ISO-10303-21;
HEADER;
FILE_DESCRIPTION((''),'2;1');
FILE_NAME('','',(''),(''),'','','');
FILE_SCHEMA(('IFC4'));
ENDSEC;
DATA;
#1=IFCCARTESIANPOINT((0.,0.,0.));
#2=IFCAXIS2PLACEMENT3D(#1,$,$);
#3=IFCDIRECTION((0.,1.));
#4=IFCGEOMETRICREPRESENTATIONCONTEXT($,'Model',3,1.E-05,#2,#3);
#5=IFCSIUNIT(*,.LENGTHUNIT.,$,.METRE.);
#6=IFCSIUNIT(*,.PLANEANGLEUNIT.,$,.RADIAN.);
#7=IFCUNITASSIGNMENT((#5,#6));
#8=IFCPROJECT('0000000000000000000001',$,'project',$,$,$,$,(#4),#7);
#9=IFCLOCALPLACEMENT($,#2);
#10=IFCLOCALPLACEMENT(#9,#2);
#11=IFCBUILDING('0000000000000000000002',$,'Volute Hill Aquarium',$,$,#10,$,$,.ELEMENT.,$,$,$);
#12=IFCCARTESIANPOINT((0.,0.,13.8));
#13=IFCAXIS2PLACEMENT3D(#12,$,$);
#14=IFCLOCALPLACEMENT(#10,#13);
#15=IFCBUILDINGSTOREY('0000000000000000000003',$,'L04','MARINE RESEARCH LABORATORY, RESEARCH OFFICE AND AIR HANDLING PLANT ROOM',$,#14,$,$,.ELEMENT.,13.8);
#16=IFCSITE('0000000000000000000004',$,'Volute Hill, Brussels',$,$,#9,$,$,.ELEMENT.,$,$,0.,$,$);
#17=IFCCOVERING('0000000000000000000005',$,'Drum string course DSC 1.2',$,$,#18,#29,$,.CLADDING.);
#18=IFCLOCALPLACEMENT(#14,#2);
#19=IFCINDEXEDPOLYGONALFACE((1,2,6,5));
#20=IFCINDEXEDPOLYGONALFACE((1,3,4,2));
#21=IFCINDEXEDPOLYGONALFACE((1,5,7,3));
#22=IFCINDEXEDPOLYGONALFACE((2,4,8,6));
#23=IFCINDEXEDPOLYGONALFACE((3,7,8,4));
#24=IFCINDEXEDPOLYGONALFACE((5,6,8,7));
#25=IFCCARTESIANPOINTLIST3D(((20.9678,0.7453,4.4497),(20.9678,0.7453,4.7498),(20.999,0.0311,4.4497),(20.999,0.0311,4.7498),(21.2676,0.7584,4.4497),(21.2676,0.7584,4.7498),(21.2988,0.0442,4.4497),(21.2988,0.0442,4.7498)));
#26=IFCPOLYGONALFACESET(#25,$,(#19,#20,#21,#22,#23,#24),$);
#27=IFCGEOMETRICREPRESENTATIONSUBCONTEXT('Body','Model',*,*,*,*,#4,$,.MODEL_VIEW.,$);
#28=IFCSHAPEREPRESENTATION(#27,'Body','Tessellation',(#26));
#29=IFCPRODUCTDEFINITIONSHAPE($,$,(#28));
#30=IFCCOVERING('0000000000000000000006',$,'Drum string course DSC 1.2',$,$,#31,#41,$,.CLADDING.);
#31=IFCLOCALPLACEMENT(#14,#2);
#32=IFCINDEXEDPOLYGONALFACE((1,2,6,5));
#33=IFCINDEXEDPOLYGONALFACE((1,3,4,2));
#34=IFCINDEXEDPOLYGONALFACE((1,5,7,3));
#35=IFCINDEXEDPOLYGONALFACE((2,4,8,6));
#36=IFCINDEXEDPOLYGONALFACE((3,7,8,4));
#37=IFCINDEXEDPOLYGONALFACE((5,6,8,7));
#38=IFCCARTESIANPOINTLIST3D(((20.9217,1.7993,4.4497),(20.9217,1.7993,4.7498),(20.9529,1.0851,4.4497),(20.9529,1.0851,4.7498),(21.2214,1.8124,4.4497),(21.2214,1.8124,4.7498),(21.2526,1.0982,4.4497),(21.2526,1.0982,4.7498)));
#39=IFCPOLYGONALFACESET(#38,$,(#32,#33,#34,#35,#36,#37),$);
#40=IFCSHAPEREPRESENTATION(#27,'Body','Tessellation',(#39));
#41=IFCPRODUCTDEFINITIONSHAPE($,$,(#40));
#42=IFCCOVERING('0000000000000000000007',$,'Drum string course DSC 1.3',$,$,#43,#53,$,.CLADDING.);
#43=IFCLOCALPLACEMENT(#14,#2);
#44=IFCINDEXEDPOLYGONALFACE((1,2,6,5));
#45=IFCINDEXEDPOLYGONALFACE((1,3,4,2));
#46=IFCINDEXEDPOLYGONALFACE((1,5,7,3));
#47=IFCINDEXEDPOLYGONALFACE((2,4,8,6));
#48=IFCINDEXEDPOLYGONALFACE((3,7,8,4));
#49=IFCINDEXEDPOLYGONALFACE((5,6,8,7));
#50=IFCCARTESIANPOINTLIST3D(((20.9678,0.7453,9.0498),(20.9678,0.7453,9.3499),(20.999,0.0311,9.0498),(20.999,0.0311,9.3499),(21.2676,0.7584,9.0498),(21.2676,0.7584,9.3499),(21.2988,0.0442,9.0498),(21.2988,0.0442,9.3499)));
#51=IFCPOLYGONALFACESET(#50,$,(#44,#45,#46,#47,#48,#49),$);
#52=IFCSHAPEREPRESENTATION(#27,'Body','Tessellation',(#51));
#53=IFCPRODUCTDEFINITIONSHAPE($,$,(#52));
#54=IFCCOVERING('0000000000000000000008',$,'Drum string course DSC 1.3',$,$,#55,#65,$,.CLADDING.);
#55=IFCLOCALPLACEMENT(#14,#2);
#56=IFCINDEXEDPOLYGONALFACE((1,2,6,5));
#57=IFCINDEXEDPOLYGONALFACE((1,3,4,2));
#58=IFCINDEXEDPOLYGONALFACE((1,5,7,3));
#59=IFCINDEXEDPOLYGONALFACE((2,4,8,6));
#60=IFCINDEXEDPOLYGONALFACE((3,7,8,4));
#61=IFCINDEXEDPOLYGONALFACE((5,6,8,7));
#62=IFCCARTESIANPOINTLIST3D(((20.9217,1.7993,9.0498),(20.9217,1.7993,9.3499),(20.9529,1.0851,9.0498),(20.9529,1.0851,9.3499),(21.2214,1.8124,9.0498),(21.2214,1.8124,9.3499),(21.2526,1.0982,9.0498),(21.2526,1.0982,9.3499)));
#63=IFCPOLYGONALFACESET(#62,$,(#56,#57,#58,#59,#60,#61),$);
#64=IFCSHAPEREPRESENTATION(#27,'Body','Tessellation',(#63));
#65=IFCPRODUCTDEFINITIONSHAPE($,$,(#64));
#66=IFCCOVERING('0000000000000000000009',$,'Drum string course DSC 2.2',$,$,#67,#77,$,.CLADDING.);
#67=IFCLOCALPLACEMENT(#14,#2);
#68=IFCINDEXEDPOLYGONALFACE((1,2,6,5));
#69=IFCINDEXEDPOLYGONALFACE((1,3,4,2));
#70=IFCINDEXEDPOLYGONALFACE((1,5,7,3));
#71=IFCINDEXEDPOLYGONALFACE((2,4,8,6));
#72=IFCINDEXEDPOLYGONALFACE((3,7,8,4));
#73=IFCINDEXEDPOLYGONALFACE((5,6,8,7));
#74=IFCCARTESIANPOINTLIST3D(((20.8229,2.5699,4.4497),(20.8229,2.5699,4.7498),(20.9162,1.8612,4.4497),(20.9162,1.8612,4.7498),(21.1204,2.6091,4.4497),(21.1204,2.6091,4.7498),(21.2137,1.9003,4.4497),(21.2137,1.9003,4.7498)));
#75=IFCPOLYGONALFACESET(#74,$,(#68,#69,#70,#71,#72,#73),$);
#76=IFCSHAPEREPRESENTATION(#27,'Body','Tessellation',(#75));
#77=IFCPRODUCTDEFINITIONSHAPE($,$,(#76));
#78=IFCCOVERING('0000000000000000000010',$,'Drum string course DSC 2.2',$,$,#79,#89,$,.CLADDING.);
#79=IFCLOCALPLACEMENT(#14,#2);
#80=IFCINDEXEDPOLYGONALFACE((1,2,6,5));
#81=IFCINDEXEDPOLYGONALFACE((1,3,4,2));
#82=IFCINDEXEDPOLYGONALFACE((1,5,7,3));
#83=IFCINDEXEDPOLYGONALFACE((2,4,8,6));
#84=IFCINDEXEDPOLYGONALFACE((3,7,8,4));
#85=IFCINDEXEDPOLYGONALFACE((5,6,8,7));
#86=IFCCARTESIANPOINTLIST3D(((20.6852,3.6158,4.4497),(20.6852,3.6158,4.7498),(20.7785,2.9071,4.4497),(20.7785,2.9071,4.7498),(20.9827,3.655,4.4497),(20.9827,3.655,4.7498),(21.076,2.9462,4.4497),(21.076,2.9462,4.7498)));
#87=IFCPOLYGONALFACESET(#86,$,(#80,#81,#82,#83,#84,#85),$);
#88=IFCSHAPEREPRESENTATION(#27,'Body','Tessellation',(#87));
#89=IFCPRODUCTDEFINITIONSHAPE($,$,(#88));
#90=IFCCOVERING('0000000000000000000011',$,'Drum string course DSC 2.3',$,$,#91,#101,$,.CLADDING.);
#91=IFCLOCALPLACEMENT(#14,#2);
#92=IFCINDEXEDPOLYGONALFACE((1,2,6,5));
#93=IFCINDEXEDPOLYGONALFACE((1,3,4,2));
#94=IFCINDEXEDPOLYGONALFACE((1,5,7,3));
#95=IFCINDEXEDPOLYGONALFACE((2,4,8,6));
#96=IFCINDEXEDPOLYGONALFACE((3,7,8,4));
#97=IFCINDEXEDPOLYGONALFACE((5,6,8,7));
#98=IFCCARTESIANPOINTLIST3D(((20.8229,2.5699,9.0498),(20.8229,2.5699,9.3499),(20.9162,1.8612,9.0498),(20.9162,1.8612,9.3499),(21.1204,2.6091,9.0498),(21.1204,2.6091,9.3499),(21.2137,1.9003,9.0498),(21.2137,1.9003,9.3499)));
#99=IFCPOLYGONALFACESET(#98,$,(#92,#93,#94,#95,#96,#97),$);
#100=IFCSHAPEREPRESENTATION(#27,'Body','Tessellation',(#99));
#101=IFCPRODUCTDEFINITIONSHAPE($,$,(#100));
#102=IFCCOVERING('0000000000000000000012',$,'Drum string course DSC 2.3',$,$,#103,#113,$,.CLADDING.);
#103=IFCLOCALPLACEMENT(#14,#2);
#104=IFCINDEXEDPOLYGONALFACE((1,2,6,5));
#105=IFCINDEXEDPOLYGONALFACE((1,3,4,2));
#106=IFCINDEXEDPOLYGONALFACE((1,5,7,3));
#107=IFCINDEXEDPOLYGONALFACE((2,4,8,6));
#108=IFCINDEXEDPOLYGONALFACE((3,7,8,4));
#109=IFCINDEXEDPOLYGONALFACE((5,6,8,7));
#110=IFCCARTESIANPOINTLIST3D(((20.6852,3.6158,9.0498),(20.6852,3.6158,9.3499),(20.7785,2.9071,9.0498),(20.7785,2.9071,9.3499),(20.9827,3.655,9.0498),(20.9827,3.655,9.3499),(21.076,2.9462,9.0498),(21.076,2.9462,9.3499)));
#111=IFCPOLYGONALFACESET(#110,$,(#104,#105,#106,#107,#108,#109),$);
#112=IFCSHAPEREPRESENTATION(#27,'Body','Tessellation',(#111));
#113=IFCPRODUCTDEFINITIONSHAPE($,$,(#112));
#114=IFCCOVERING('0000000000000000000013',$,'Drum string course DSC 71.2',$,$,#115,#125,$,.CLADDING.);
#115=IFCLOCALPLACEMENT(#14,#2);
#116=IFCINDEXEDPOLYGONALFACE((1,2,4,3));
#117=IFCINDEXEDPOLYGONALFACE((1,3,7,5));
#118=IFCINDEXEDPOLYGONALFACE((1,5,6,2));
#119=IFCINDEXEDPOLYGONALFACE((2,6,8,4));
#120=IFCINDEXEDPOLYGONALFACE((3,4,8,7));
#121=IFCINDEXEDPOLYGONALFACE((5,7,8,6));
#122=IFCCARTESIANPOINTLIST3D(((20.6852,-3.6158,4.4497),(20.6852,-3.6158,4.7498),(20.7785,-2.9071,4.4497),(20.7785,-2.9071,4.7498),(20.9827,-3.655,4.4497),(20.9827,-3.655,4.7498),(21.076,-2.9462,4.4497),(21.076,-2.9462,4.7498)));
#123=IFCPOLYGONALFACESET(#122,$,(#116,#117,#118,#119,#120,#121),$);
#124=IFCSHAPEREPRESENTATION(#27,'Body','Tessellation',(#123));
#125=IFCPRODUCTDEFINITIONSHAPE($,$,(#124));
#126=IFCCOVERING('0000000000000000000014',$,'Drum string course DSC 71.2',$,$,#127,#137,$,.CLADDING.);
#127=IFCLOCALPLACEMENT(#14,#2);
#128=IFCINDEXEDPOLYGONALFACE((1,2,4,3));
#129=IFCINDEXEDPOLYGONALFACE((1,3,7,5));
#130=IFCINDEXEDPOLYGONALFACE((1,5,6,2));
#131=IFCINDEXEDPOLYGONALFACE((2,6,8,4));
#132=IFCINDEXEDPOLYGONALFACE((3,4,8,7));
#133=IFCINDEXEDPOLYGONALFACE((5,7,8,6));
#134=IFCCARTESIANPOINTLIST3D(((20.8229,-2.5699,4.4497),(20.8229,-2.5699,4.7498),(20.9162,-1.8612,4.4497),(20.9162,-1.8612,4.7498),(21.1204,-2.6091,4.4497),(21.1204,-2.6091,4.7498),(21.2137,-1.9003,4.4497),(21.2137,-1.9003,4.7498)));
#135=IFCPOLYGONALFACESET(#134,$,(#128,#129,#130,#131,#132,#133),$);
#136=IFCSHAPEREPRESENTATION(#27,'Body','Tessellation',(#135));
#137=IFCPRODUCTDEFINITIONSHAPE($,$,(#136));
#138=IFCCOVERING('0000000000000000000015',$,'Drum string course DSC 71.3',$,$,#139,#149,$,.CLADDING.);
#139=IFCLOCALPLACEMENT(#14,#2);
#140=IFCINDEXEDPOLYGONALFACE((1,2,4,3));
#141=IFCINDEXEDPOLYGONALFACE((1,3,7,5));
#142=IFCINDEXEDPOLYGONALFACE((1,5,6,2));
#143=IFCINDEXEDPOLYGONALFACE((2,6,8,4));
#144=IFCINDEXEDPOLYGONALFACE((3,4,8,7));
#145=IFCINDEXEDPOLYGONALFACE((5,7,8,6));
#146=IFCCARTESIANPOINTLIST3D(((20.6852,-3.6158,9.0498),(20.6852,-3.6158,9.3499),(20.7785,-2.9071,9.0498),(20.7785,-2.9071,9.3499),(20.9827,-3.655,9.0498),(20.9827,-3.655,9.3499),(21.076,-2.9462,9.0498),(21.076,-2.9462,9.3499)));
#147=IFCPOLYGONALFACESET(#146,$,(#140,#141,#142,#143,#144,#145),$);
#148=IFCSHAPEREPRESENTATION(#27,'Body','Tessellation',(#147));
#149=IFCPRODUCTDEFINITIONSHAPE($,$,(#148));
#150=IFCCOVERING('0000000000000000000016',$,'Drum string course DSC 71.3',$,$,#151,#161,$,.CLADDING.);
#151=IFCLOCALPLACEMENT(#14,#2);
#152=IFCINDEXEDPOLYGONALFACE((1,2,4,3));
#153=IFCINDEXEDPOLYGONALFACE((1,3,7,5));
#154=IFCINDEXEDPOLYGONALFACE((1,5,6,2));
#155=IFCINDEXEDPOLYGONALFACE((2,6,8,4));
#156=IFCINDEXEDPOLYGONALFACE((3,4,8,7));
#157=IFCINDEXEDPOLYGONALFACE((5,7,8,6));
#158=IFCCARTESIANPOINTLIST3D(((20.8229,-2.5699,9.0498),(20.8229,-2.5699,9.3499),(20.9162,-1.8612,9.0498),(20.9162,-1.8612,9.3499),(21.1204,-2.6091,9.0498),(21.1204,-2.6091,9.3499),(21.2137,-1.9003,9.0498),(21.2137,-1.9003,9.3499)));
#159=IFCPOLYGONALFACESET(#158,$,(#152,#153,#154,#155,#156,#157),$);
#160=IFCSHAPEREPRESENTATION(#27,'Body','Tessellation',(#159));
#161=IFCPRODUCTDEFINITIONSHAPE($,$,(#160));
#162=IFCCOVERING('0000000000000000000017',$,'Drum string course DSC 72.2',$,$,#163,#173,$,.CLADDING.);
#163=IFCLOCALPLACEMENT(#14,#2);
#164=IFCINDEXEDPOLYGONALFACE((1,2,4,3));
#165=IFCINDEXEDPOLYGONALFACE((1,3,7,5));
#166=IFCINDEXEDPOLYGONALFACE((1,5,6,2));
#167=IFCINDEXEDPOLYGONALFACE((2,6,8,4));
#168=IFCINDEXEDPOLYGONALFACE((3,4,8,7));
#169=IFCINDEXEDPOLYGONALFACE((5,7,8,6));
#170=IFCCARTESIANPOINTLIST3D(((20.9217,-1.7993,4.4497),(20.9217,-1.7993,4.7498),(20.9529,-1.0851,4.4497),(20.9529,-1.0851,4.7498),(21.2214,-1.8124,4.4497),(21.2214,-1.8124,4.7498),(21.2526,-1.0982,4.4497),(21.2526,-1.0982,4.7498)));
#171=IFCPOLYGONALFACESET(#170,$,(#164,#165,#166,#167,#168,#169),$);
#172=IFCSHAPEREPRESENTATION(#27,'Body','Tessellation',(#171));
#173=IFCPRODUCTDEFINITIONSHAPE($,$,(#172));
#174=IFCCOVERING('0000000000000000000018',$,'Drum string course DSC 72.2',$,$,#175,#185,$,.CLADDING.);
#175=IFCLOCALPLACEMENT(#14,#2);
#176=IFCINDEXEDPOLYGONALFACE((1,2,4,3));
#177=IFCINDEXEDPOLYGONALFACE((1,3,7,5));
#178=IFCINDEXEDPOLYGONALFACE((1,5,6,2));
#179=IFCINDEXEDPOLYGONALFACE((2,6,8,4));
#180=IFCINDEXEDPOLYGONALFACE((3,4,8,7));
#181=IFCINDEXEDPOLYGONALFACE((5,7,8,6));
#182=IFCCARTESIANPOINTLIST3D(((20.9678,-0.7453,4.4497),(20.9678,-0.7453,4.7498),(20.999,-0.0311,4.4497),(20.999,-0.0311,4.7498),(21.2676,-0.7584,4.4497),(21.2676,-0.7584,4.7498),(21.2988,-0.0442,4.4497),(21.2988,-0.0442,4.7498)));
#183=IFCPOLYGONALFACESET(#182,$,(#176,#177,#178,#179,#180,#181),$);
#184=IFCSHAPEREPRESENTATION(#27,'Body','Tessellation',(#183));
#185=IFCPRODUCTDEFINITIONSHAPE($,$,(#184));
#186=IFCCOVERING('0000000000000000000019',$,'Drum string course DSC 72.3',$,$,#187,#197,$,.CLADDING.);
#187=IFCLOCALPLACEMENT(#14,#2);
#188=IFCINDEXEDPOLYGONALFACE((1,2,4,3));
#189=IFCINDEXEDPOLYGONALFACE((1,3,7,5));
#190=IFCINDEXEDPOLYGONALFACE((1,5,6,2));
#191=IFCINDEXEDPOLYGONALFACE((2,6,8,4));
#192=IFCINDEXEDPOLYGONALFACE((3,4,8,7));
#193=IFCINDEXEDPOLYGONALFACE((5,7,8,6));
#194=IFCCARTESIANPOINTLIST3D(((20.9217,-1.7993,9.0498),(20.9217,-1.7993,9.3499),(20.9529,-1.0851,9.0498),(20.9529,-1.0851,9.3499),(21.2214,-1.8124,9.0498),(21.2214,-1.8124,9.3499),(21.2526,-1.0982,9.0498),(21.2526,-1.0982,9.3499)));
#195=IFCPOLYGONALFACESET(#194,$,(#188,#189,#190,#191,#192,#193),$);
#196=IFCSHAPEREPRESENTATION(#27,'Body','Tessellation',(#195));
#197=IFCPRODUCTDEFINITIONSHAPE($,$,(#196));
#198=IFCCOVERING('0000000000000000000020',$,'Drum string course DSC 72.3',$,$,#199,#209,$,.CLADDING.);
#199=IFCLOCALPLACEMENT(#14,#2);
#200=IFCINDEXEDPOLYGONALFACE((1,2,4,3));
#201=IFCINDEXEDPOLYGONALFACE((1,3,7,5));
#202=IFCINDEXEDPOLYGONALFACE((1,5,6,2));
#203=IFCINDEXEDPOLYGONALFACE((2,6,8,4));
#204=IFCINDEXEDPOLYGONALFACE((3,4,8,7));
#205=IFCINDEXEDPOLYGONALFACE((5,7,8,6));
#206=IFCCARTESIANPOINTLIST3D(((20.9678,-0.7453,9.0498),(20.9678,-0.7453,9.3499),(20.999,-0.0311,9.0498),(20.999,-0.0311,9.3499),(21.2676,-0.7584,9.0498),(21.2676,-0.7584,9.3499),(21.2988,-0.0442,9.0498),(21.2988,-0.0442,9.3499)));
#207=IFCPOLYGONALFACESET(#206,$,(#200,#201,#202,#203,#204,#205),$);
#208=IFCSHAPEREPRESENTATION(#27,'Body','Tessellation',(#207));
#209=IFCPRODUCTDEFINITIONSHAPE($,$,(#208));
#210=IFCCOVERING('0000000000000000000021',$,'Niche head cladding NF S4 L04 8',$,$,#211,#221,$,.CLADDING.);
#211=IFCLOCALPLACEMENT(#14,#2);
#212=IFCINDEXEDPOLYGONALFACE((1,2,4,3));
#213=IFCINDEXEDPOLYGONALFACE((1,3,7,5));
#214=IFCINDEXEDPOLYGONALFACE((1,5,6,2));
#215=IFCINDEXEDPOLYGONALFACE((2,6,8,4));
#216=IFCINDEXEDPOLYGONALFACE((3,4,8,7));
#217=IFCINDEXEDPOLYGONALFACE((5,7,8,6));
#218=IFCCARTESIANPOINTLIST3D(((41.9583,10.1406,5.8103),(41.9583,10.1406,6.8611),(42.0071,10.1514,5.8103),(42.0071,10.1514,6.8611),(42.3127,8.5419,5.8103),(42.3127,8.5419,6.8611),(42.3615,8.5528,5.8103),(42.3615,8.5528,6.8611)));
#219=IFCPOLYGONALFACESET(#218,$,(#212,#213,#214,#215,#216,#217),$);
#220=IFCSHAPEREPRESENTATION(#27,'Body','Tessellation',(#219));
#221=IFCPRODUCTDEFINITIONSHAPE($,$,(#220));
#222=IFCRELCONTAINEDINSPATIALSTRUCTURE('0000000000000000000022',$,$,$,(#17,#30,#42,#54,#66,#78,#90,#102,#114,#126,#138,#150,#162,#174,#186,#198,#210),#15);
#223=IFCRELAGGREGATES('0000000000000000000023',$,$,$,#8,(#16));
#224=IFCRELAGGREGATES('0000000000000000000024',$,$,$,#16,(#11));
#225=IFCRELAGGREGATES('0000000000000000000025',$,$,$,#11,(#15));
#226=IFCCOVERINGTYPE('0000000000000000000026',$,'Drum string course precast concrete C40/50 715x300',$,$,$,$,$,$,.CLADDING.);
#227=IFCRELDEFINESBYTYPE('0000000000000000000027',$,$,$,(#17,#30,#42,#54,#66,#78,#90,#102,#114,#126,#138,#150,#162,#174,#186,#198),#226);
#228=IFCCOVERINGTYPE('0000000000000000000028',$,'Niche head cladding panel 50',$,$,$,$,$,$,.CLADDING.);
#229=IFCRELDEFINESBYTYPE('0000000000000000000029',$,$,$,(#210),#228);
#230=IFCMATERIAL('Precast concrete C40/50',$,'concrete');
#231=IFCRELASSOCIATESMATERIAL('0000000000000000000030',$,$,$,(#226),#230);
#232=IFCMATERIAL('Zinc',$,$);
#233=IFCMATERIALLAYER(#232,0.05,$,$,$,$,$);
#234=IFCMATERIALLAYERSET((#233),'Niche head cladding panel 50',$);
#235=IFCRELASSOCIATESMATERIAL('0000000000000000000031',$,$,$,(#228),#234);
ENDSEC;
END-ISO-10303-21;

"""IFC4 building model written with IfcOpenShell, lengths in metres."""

from ifc_helpers import new_model, si_unit, direction, frame, origin, origin_2d, place, context, subcontext, project, spatial, rectangle, extrude, material, layer, layer_set, type_object, element, save


model = new_model("IFC4")

# Units and contexts
model_context = context("Model", 3, precision=1e-05, world=origin(), true_north=direction((0.0, 1.0)))
body_context = subcontext(model_context, "Body", "Model", "MODEL_VIEW")
ifc_project = project(units=[si_unit("LENGTHUNIT", "METRE"), si_unit("PLANEANGLEUNIT", "RADIAN")], contexts=[model_context])

# Site, building, storey
site_placement = place(None, origin())
site = spatial("IfcSite", under=ifc_project, at=site_placement, Name="Volute Hill, Brussels", CompositionType="ELEMENT", RefElevation=0.0)
building_placement = place(site_placement, origin())
building = spatial("IfcBuilding", under=site, at=building_placement, Name="Volute Hill Aquarium", CompositionType="ELEMENT")
storey_placement = place(building_placement, frame((0.0, 0.0, 13.8)))
storey = spatial("IfcBuildingStorey", under=building, at=storey_placement, Name="L04", Description="MARINE RESEARCH LABORATORY, RESEARCH OFFICE AND AIR HANDLING PLANT ROOM", CompositionType="ELEMENT", Elevation=13.8)

# Coverings
ifc_material_1 = material(Name="Precast concrete C40/50", Category="concrete")
covering_type_1 = type_object("IfcCoveringType", Name="Drum string course precast concrete C40/50 715x300", PredefinedType="CLADDING", material=ifc_material_1)
for number, where, z_axis, x_axis, name in (
    (1, (21.1333, 0.3948, 4.4497), (0.0, 0.0, 1.0), (-0.043619, 0.999048, 0.0), "Drum string course DSC 1.2"),
    (2, (21.0872, 1.4487, 4.4497), (0.0, 0.0, 1.0), (-0.043619, 0.999048, 0.0), "Drum string course DSC 1.2"),
    (3, (21.1333, 0.3948, 9.0498), (0.0, 0.0, 1.0), (-0.043619, 0.999048, 0.0), "Drum string course DSC 1.3"),
    (4, (21.0872, 1.4487, 9.0498), (0.0, 0.0, 1.0), (-0.043619, 0.999048, 0.0), "Drum string course DSC 1.3"),
    (5, (21.0183, 2.2351, 4.4497), (0.0, 0.0, 1.0), (-0.130526, 0.991445, 0.0), "Drum string course DSC 2.2"),
    (6, (20.8806, 3.281, 4.4497), (0.0, 0.0, 1.0), (-0.130526, 0.991445, 0.0), "Drum string course DSC 2.2"),
    (7, (21.0183, 2.2351, 9.0498), (0.0, 0.0, 1.0), (-0.130526, 0.991445, 0.0), "Drum string course DSC 2.3"),
    (8, (20.8806, 3.281, 9.0498), (0.0, 0.0, 1.0), (-0.130526, 0.991445, 0.0), "Drum string course DSC 2.3"),
    (9, (20.8806, -3.281, 4.4497), (0.0, 0.0, 1.0), (0.130526, 0.991445, 0.0), "Drum string course DSC 71.2"),
    (10, (21.0183, -2.2351, 4.4497), (0.0, 0.0, 1.0), (0.130526, 0.991445, 0.0), "Drum string course DSC 71.2"),
    (11, (20.8806, -3.281, 9.0498), (0.0, 0.0, 1.0), (0.130526, 0.991445, 0.0), "Drum string course DSC 71.3"),
    (12, (21.0183, -2.2351, 9.0498), (0.0, 0.0, 1.0), (0.130526, 0.991445, 0.0), "Drum string course DSC 71.3"),
    (13, (21.0872, -1.4487, 4.4497), (0.0, 0.0, 1.0), (0.043619, 0.999048, 0.0), "Drum string course DSC 72.2"),
    (14, (21.1333, -0.3948, 4.4497), (0.0, 0.0, 1.0), (0.043619, 0.999048, 0.0), "Drum string course DSC 72.2"),
    (15, (21.0872, -1.4487, 9.0498), (0.0, 0.0, 1.0), (0.043619, 0.999048, 0.0), "Drum string course DSC 72.3"),
    (16, (21.1333, -0.3948, 9.0498), (0.0, 0.0, 1.0), (0.043619, 0.999048, 0.0), "Drum string course DSC 72.3"),
):
    element("IfcCovering", number, at=place(storey_placement, frame(where, z_axis=z_axis, x_axis=x_axis)), inside=storey, type_object=covering_type_1, Name=name, PredefinedType="CLADDING", context=body_context, shape_type="SweptSolid", body=[
        extrude(rectangle(XDim=0.7148, YDim=0.3, at=origin_2d()), origin(), (0.0, 0.0, 1.0), 0.3),
    ])
ifc_material_2 = material(Name="Zinc")
ifc_layer_1 = layer(ifc_material_2, 0.05)
ifc_layer_set_1 = layer_set([ifc_layer_1], Name="Niche head cladding panel 50")
covering_type_2 = type_object("IfcCoveringType", Name="Niche head cladding panel 50", PredefinedType="CLADDING", material=ifc_layer_set_1)
covering_placement = place(storey_placement, frame((42.1599, 9.3467, 5.8103), z_axis=(0.0, 0.0, 1.0), x_axis=(-0.216436, 0.976297, 0.0)))
element("IfcCovering", 17, at=covering_placement, inside=storey, type_object=covering_type_2, Name="Niche head cladding NF S4 L04 8", PredefinedType="CLADDING", context=body_context, shape_type="SweptSolid", body=[
    extrude(rectangle(XDim=1.6375, YDim=0.05, at=origin_2d()), origin(), (0.0, 0.0, 1.0), 1.0508),
])

save(model, "model.ifc")
